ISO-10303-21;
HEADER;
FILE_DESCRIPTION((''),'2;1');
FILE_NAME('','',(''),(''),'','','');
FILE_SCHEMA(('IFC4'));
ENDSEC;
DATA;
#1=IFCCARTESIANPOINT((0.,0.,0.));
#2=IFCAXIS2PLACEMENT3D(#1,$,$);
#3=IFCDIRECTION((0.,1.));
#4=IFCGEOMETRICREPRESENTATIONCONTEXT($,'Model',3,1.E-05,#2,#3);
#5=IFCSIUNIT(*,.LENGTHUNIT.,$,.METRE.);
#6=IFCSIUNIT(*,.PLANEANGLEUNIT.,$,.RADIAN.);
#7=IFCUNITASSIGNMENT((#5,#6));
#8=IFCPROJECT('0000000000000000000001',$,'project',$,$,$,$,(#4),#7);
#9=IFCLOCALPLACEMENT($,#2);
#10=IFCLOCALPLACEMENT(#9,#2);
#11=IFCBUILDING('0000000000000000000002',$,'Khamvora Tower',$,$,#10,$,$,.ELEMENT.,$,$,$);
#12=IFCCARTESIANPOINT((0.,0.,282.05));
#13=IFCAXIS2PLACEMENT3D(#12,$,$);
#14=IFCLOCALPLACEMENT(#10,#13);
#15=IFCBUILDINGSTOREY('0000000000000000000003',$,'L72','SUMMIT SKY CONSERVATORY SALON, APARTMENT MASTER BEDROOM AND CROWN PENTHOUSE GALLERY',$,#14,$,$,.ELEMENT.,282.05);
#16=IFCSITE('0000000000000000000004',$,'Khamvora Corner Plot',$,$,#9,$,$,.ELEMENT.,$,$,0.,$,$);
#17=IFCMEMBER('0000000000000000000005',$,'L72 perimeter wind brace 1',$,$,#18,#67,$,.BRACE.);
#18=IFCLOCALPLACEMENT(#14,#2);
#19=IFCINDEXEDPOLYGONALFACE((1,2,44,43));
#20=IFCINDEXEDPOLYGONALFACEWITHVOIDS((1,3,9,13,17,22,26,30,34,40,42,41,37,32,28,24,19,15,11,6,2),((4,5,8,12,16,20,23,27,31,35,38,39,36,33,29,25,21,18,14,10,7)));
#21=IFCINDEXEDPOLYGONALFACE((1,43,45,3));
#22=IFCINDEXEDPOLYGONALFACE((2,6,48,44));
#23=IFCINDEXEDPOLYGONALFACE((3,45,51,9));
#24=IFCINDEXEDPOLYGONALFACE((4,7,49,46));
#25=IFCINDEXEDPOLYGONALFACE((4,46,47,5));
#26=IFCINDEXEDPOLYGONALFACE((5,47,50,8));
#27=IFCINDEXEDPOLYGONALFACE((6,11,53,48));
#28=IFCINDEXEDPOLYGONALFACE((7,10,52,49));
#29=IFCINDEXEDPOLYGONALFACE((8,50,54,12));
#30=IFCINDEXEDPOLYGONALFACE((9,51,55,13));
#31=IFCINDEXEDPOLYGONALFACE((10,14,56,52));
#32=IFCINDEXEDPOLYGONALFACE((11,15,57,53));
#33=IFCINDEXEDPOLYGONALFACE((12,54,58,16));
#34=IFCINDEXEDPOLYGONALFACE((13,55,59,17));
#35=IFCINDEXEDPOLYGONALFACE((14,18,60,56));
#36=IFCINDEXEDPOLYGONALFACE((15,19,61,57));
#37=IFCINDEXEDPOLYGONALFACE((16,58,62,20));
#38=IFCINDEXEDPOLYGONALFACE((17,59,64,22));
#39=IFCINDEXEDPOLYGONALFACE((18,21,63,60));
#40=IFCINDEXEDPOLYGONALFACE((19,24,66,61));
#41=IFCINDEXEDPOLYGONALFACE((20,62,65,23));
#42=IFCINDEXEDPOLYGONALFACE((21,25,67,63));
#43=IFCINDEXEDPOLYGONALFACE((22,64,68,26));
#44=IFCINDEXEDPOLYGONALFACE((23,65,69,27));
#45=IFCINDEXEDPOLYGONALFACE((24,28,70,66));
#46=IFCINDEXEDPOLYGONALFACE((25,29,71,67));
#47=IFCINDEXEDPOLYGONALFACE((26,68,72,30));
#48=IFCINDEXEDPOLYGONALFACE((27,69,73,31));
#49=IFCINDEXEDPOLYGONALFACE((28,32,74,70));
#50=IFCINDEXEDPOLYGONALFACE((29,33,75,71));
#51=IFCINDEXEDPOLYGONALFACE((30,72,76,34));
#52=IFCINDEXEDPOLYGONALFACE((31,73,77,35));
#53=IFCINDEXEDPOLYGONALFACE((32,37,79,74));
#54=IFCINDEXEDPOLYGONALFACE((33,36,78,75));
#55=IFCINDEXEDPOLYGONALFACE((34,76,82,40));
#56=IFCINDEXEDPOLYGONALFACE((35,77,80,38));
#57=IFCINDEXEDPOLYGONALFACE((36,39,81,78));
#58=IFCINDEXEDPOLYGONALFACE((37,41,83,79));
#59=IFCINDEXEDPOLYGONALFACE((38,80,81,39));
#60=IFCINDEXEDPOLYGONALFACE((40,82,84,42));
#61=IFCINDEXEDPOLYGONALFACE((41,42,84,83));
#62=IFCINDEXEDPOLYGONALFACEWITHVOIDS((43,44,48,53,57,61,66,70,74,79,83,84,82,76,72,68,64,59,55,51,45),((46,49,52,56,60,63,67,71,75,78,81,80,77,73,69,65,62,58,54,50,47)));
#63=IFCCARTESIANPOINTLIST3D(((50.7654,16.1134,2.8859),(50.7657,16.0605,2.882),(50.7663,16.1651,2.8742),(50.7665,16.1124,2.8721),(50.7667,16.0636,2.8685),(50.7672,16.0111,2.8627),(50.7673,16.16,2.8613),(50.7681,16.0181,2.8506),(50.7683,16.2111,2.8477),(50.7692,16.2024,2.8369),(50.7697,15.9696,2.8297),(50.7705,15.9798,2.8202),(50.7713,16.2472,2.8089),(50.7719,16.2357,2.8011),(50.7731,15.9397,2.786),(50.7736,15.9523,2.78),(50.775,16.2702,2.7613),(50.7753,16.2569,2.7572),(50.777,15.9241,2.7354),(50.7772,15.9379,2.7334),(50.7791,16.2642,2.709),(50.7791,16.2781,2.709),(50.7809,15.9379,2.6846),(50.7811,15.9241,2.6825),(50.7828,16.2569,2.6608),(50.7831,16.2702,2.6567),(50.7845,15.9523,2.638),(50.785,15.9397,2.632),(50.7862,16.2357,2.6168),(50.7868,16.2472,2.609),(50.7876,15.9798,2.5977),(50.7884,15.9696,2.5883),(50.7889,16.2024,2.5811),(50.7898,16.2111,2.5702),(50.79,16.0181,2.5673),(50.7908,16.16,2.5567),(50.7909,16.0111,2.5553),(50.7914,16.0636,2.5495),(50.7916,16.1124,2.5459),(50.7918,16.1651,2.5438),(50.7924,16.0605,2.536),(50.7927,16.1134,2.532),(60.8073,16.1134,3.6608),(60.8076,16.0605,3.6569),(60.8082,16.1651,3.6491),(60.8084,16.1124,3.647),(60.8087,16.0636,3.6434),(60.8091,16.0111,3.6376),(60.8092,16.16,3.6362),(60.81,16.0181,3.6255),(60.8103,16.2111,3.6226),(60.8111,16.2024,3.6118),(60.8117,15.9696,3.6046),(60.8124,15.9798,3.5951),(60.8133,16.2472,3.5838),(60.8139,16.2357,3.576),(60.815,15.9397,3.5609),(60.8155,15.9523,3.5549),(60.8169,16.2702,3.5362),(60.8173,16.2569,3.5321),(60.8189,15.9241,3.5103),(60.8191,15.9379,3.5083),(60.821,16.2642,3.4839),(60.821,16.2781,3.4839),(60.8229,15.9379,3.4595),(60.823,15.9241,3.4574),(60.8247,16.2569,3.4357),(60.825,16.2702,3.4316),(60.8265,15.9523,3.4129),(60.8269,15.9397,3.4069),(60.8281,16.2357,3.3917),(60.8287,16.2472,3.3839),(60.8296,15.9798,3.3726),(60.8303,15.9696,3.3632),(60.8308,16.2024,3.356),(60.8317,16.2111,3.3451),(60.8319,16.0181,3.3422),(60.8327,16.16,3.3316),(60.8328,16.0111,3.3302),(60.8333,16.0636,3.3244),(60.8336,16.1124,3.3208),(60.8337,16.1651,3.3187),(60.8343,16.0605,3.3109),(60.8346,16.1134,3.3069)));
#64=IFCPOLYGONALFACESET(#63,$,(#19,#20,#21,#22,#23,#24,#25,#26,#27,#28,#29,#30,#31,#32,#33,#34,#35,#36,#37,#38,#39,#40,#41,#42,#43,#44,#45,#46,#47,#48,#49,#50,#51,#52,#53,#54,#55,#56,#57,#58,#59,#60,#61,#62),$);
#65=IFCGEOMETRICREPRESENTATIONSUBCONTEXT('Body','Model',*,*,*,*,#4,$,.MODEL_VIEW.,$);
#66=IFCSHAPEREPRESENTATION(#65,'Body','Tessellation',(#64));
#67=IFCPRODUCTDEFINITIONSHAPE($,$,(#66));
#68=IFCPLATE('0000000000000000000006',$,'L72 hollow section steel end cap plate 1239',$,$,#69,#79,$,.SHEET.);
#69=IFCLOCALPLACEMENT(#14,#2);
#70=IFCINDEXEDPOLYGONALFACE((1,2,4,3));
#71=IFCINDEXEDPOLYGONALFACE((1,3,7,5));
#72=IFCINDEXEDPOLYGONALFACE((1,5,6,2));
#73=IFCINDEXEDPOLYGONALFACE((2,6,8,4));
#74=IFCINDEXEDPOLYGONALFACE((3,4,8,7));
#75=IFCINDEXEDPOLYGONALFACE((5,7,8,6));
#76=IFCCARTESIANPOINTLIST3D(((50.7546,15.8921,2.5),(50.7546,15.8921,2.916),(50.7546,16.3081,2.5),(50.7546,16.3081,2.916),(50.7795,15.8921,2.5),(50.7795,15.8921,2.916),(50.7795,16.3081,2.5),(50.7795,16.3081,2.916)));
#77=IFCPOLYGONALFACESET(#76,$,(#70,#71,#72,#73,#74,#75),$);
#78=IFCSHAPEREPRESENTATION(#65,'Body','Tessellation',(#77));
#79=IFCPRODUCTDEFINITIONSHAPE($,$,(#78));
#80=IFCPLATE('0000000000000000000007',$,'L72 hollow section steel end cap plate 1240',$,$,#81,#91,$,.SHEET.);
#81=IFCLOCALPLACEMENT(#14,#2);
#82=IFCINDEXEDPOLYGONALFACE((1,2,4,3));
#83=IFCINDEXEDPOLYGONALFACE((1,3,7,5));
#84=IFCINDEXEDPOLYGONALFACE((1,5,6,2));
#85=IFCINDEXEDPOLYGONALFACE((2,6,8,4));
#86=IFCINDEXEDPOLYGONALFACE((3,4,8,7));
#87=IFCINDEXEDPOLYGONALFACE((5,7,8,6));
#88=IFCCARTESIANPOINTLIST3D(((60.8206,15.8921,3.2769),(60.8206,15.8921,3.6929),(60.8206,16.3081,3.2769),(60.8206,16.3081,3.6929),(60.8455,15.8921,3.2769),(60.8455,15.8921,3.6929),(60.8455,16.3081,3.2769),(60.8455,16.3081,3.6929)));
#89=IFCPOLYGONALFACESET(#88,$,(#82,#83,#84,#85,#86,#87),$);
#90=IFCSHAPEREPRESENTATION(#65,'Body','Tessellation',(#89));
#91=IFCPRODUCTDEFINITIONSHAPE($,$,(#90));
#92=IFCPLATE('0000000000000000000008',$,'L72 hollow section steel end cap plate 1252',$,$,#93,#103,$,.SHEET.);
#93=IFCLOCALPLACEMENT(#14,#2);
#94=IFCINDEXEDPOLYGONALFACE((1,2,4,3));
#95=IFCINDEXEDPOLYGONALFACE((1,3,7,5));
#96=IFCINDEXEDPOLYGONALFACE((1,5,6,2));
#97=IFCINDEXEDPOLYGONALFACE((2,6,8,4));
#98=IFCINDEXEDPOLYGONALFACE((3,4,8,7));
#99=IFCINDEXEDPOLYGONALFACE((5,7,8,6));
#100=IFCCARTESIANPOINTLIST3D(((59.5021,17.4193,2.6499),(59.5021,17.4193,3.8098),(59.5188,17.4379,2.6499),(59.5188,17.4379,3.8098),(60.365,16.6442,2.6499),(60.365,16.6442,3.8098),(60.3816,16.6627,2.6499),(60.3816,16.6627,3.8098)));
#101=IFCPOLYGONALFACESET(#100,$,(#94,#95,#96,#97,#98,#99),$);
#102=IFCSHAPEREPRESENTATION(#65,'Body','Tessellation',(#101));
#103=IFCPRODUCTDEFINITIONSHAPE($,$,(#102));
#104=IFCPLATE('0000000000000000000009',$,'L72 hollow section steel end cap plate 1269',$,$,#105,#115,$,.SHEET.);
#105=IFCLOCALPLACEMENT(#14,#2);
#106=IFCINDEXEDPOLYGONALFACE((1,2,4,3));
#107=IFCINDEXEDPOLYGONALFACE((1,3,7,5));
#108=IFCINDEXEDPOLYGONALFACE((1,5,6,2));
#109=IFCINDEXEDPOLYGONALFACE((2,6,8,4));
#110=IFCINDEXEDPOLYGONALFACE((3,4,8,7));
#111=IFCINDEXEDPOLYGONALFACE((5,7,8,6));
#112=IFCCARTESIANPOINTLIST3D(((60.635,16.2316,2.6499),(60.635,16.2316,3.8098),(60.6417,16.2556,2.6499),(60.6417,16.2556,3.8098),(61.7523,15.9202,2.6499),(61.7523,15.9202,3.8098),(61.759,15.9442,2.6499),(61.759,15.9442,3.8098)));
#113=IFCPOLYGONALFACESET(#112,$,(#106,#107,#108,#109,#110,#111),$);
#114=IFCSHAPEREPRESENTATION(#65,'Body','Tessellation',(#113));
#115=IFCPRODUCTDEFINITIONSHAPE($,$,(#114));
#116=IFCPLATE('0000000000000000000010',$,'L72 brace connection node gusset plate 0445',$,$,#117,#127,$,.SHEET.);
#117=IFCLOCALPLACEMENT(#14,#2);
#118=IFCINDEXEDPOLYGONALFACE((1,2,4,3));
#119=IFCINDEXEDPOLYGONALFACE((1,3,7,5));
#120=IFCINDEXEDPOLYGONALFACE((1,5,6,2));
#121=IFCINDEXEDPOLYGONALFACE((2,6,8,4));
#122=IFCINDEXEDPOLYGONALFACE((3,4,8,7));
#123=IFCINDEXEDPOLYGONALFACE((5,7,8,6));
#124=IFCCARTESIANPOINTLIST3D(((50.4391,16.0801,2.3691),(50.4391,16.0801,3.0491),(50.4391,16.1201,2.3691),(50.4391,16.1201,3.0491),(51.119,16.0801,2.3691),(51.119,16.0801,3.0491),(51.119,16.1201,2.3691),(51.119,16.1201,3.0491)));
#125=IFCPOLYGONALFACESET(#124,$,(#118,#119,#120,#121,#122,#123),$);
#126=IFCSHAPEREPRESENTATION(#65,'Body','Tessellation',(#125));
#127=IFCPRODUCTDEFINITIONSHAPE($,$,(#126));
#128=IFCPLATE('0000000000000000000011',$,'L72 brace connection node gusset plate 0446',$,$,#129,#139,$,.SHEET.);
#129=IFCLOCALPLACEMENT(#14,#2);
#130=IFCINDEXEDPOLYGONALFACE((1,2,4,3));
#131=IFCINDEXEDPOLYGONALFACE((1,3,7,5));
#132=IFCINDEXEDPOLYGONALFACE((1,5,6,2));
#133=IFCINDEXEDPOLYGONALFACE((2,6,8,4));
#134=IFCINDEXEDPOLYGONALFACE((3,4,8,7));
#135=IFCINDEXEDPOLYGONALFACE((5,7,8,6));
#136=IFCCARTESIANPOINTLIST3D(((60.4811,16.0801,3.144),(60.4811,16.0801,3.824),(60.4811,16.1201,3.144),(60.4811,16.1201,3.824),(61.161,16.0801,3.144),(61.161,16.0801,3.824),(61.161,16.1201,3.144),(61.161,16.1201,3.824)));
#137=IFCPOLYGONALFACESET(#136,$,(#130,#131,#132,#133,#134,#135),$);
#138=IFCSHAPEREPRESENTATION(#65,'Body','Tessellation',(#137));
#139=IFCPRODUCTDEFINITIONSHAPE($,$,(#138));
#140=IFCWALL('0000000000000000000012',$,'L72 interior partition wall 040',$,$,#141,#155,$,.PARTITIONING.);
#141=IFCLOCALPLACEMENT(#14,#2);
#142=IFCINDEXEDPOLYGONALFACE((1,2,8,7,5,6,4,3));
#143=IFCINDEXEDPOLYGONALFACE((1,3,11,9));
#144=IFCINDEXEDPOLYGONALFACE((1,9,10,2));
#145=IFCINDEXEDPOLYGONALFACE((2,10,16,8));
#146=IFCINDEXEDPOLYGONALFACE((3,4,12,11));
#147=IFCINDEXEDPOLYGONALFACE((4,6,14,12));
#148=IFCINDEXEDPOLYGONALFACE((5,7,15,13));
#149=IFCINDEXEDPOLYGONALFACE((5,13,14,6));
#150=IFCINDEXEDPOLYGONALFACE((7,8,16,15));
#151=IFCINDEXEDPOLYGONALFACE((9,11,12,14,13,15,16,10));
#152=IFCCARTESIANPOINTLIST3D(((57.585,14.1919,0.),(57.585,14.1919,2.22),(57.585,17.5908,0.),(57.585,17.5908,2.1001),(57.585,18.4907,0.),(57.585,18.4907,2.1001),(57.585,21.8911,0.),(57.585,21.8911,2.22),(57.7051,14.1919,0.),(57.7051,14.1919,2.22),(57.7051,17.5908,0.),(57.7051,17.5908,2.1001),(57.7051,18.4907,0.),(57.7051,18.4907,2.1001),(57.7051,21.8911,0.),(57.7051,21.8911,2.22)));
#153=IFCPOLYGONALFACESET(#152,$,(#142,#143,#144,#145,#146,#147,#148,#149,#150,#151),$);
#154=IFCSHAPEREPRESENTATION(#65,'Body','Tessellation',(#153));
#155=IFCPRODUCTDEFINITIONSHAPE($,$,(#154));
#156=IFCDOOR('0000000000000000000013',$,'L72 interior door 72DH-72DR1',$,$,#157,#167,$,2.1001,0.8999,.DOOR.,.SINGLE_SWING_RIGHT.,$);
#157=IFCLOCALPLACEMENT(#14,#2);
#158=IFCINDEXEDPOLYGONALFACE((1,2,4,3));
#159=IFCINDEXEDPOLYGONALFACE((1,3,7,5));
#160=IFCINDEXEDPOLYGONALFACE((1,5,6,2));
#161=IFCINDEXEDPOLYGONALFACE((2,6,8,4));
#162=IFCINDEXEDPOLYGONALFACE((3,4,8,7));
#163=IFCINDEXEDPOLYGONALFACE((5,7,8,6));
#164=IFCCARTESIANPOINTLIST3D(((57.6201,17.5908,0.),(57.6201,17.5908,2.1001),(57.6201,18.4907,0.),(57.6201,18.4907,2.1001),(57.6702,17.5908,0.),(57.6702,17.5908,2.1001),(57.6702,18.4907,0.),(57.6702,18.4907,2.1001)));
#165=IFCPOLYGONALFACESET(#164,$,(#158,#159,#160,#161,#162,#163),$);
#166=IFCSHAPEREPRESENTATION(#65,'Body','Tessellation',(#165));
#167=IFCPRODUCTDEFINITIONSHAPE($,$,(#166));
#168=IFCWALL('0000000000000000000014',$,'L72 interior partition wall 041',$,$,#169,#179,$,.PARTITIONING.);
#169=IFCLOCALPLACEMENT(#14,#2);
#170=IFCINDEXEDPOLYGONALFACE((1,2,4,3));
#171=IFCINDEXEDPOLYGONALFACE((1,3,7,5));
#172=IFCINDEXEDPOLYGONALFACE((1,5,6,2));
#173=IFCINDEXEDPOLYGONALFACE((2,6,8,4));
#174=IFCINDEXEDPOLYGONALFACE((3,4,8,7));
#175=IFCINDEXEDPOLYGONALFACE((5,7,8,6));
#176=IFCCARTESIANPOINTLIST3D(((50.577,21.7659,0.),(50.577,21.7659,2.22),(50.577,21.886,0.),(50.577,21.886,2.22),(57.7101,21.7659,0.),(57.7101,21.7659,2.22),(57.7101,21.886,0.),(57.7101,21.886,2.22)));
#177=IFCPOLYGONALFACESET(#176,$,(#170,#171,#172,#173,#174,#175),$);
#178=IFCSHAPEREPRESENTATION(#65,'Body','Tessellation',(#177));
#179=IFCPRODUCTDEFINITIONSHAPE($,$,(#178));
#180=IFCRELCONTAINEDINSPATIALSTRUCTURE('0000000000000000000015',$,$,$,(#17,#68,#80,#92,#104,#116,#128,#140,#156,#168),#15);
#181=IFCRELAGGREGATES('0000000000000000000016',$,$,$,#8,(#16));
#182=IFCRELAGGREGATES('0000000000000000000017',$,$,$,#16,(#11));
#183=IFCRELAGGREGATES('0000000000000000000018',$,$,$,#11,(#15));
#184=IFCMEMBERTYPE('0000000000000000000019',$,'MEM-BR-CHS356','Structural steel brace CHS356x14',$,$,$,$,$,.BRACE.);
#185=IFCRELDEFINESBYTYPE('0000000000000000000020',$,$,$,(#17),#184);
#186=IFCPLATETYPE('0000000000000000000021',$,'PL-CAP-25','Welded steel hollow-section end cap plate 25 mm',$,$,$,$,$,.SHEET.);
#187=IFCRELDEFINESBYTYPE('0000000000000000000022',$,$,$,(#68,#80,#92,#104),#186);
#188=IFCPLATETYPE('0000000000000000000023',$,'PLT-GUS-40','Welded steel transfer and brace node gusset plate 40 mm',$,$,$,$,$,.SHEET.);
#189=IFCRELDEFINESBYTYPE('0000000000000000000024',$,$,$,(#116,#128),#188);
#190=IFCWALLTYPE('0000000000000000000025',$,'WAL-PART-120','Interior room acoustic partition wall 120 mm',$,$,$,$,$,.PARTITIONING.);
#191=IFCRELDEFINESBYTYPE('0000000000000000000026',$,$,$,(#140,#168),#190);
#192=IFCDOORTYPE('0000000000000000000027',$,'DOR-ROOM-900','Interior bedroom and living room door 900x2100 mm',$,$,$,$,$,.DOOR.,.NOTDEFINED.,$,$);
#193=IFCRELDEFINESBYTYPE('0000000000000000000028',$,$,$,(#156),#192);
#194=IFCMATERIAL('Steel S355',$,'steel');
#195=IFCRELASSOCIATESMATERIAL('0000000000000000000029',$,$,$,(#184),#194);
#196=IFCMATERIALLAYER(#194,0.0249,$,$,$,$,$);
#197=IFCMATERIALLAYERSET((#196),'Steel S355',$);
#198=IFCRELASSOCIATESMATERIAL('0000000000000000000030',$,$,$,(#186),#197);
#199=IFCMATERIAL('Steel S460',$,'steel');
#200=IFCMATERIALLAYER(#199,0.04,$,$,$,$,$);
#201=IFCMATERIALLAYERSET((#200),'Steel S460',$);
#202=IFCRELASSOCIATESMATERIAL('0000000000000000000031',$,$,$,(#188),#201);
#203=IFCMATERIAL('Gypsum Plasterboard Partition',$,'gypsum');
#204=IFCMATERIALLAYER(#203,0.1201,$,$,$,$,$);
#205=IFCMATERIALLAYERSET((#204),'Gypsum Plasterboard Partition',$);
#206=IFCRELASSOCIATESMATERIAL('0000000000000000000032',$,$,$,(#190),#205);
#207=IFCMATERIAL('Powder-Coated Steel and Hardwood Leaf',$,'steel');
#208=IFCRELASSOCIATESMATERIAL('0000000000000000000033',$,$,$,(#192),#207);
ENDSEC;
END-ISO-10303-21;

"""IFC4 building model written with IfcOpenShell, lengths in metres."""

from ifc_helpers import new_model, si_unit, direction, frame, frame_2d, origin, origin_2d, place, context, subcontext, project, spatial, rectangle, hollow_circle, extrude, material, layer, layer_set, material_profile, profile_set, type_object, element, fill, save


model = new_model("IFC4")

# Units and contexts
model_context = context("Model", 3, precision=1e-05, world=origin(), true_north=direction((0.0, 1.0)))
body_context = subcontext(model_context, "Body", "Model", "MODEL_VIEW")
ifc_project = project(units=[si_unit("LENGTHUNIT", "METRE"), si_unit("PLANEANGLEUNIT", "RADIAN")], contexts=[model_context])

# Site, building, storey
site_placement = place(None, origin())
site = spatial("IfcSite", under=ifc_project, at=site_placement, Name="Khamvora Corner Plot", CompositionType="ELEMENT", RefElevation=0.0)
building_placement = place(site_placement, origin())
building = spatial("IfcBuilding", under=site, at=building_placement, Name="Khamvora Tower", CompositionType="ELEMENT")
storey_placement = place(building_placement, frame((0.0, 0.0, 282.05)))
storey = spatial("IfcBuildingStorey", under=building, at=storey_placement, Name="L72", Description="SUMMIT SKY CONSERVATORY SALON, APARTMENT MASTER BEDROOM AND CROWN PENTHOUSE GALLERY", CompositionType="ELEMENT", Elevation=282.05)

# Shared definitions
ifc_material_1 = material(Name="Steel S355", Category="steel")

# Shared definitions
ifc_material_2 = material(Name="Steel S460", Category="steel")

# Member
ifc_material_profile_1 = material_profile(ifc_material_1, hollow_circle(Radius=0.178, WallThickness=0.0139, at=origin_2d()), Name="CHS356x14")
ifc_profile_set_1 = profile_set([ifc_material_profile_1], Name="Steel S355")
member_type = type_object("IfcMemberType", Name="MEM-BR-CHS356", Description="Structural steel brace CHS356x14", PredefinedType="BRACE", material=ifc_profile_set_1)
member_placement = place(storey_placement, frame((50.7791, 16.1001, 2.709), z_axis=(0.997036, 0.0, 0.076937), x_axis=(0.0, 1.0, 0.0)))
element("IfcMember", 1, at=member_placement, inside=storey, type_object=member_type, Name="L72 perimeter wind brace 1", PredefinedType="BRACE", context=body_context, shape_type="SweptSolid", body=[
    extrude(hollow_circle(Radius=0.178, WallThickness=0.0139, at=origin_2d()), origin(), (0.0, 0.0, 1.0), 10.0718),
])

# Plates
ifc_layer_1 = layer(ifc_material_1, 0.0249)
ifc_layer_set_1 = layer_set([ifc_layer_1], Name="Steel S355")
plate_type_1 = type_object("IfcPlateType", Name="PL-CAP-25", Description="Welded steel hollow-section end cap plate 25 mm", PredefinedType="SHEET", material=ifc_layer_set_1)
for number, where, z_axis, x_axis, name in (
    (2, (50.7671, 16.1001, 2.5), (0.0, 0.0, 1.0), (1.0, 0.0, 0.0), "L72 hollow section steel end cap plate 1239"),
    (3, (60.833, 16.1001, 3.2769), (0.0, 0.0, 1.0), (1.0, 0.0, 0.0), "L72 hollow section steel end cap plate 1240"),
):
    element("IfcPlate", number, at=place(storey_placement, frame(where, z_axis=z_axis, x_axis=x_axis)), inside=storey, type_object=plate_type_1, Name=name, PredefinedType="SHEET", context=body_context, shape_type="SweptSolid", body=[
        extrude(rectangle(XDim=0.0249, YDim=0.416, at=origin_2d()), origin(), (0.0, 0.0, 1.0), 0.416),
    ])
for number, where, z_axis, x_axis, name in (
    (4, (59.9419, 17.041, 2.6499), (0.0, 0.0, 1.0), (-0.6683, -0.743892, 0.0), "L72 hollow section steel end cap plate 1252"),
    (5, (61.197, 16.0879, 2.6499), (0.0, 0.0, 1.0), (0.268466, 0.963289, 0.0), "L72 hollow section steel end cap plate 1269"),
):
    element("IfcPlate", number, at=place(storey_placement, frame(where, z_axis=z_axis, x_axis=x_axis)), inside=storey, type_object=plate_type_1, Name=name, PredefinedType="SHEET", context=body_context, shape_type="SweptSolid", body=[
        extrude(rectangle(XDim=0.0249, YDim=1.1599, at=origin_2d()), origin(), (0.0, 0.0, 1.0), 1.1599),
    ])
ifc_layer_2 = layer(ifc_material_2, 0.04)
ifc_layer_set_2 = layer_set([ifc_layer_2], Name="Steel S460")
plate_type_2 = type_object("IfcPlateType", Name="PLT-GUS-40", Description="Welded steel transfer and brace node gusset plate 40 mm", PredefinedType="SHEET", material=ifc_layer_set_2)
for number, where, z_axis, x_axis, name in (
    (6, (50.7791, 16.1001, 2.3691), (0.0, 0.0, 1.0), (1.0, 0.0, 0.0), "L72 brace connection node gusset plate 0445"),
    (7, (60.821, 16.1001, 3.144), (0.0, 0.0, 1.0), (1.0, 0.0, 0.0), "L72 brace connection node gusset plate 0446"),
):
    element("IfcPlate", number, at=place(storey_placement, frame(where, z_axis=z_axis, x_axis=x_axis)), inside=storey, type_object=plate_type_2, Name=name, PredefinedType="SHEET", context=body_context, shape_type="SweptSolid", body=[
        extrude(rectangle(XDim=0.6799, YDim=0.04, at=origin_2d()), origin(), (0.0, 0.0, 1.0), 0.6799),
    ])

# Wall, opening, door
ifc_material_3 = material(Name="Gypsum Plasterboard Partition", Category="gypsum")
ifc_layer_3 = layer(ifc_material_3, 0.1201)
ifc_layer_set_3 = layer_set([ifc_layer_3], Name="Gypsum Plasterboard Partition")
wall_type_1 = type_object("IfcWallType", Name="WAL-PART-120", Description="Interior room acoustic partition wall 120 mm", PredefinedType="PARTITIONING", material=ifc_layer_set_3)
wall_1_placement = place(storey_placement, frame((57.645, 14.1919, 0.0), z_axis=(0.0, 0.0, 1.0), x_axis=(0.0, 1.0, 0.0)))
wall_1 = element("IfcWall", 8, at=wall_1_placement, inside=storey, type_object=wall_type_1, Name="L72 interior partition wall 040", PredefinedType="PARTITIONING", context=body_context, shape_type="SweptSolid", body=[
    extrude(rectangle(XDim=7.6992, YDim=0.1201, at=frame_2d((3.8496, 0.0))), origin(), (0.0, 0.0, 1.0), 2.22),
])
opening_1_placement = place(wall_1_placement, frame((3.3989, 0.0, 0.0)))
opening_1 = element("IfcOpeningElement", 9, at=opening_1_placement, cuts=wall_1, PredefinedType="OPENING", context=body_context, shape_type="SweptSolid", body=[
    extrude(rectangle(XDim=0.8999, YDim=2.1001, at=frame_2d((0.45, 1.05))), frame((0.0, 0.0701, 0.0), z_axis=(0.0, -1.0, 0.0), x_axis=(1.0, 0.0, 0.0)), (0.0, 0.0, 1.0), 0.1401),
])
ifc_material_4 = material(Name="Powder-Coated Steel and Hardwood Leaf", Category="steel")
door_type_1 = type_object("IfcDoorType", Name="DOR-ROOM-900", Description="Interior bedroom and living room door 900x2100 mm", OperationType="NOTDEFINED", PredefinedType="DOOR", material=ifc_material_4)
door_1_placement = place(opening_1_placement, origin())
door_1 = element("IfcDoor", 10, at=door_1_placement, inside=storey, type_object=door_type_1, Name="L72 interior door 72DH-72DR1", OperationType="SINGLE_SWING_RIGHT", OverallHeight=2.1001, OverallWidth=0.8999, PredefinedType="DOOR", context=body_context, shape_type="SweptSolid", body=[
    extrude(rectangle(XDim=0.8999, YDim=2.1001, at=frame_2d((0.45, 1.05))), frame((0.0, 0.0249, 0.0), z_axis=(0.0, -1.0, 0.0), x_axis=(1.0, 0.0, 0.0)), (0.0, 0.0, 1.0), 0.05),
])
fill(opening_1, door_1)

# Wall
wall_2_placement = place(storey_placement, frame((57.71, 21.8259, 0.0), z_axis=(0.0, 0.0, 1.0), x_axis=(-1.0, 0.0, 0.0)))
element("IfcWall", 11, at=wall_2_placement, inside=storey, type_object=wall_type_1, Name="L72 interior partition wall 041", PredefinedType="PARTITIONING", context=body_context, shape_type="SweptSolid", body=[
    extrude(rectangle(XDim=7.1331, YDim=0.1201, at=frame_2d((3.5664, 0.0))), origin(), (0.0, 0.0, 1.0), 2.22),
])

save(model, "model.ifc")
